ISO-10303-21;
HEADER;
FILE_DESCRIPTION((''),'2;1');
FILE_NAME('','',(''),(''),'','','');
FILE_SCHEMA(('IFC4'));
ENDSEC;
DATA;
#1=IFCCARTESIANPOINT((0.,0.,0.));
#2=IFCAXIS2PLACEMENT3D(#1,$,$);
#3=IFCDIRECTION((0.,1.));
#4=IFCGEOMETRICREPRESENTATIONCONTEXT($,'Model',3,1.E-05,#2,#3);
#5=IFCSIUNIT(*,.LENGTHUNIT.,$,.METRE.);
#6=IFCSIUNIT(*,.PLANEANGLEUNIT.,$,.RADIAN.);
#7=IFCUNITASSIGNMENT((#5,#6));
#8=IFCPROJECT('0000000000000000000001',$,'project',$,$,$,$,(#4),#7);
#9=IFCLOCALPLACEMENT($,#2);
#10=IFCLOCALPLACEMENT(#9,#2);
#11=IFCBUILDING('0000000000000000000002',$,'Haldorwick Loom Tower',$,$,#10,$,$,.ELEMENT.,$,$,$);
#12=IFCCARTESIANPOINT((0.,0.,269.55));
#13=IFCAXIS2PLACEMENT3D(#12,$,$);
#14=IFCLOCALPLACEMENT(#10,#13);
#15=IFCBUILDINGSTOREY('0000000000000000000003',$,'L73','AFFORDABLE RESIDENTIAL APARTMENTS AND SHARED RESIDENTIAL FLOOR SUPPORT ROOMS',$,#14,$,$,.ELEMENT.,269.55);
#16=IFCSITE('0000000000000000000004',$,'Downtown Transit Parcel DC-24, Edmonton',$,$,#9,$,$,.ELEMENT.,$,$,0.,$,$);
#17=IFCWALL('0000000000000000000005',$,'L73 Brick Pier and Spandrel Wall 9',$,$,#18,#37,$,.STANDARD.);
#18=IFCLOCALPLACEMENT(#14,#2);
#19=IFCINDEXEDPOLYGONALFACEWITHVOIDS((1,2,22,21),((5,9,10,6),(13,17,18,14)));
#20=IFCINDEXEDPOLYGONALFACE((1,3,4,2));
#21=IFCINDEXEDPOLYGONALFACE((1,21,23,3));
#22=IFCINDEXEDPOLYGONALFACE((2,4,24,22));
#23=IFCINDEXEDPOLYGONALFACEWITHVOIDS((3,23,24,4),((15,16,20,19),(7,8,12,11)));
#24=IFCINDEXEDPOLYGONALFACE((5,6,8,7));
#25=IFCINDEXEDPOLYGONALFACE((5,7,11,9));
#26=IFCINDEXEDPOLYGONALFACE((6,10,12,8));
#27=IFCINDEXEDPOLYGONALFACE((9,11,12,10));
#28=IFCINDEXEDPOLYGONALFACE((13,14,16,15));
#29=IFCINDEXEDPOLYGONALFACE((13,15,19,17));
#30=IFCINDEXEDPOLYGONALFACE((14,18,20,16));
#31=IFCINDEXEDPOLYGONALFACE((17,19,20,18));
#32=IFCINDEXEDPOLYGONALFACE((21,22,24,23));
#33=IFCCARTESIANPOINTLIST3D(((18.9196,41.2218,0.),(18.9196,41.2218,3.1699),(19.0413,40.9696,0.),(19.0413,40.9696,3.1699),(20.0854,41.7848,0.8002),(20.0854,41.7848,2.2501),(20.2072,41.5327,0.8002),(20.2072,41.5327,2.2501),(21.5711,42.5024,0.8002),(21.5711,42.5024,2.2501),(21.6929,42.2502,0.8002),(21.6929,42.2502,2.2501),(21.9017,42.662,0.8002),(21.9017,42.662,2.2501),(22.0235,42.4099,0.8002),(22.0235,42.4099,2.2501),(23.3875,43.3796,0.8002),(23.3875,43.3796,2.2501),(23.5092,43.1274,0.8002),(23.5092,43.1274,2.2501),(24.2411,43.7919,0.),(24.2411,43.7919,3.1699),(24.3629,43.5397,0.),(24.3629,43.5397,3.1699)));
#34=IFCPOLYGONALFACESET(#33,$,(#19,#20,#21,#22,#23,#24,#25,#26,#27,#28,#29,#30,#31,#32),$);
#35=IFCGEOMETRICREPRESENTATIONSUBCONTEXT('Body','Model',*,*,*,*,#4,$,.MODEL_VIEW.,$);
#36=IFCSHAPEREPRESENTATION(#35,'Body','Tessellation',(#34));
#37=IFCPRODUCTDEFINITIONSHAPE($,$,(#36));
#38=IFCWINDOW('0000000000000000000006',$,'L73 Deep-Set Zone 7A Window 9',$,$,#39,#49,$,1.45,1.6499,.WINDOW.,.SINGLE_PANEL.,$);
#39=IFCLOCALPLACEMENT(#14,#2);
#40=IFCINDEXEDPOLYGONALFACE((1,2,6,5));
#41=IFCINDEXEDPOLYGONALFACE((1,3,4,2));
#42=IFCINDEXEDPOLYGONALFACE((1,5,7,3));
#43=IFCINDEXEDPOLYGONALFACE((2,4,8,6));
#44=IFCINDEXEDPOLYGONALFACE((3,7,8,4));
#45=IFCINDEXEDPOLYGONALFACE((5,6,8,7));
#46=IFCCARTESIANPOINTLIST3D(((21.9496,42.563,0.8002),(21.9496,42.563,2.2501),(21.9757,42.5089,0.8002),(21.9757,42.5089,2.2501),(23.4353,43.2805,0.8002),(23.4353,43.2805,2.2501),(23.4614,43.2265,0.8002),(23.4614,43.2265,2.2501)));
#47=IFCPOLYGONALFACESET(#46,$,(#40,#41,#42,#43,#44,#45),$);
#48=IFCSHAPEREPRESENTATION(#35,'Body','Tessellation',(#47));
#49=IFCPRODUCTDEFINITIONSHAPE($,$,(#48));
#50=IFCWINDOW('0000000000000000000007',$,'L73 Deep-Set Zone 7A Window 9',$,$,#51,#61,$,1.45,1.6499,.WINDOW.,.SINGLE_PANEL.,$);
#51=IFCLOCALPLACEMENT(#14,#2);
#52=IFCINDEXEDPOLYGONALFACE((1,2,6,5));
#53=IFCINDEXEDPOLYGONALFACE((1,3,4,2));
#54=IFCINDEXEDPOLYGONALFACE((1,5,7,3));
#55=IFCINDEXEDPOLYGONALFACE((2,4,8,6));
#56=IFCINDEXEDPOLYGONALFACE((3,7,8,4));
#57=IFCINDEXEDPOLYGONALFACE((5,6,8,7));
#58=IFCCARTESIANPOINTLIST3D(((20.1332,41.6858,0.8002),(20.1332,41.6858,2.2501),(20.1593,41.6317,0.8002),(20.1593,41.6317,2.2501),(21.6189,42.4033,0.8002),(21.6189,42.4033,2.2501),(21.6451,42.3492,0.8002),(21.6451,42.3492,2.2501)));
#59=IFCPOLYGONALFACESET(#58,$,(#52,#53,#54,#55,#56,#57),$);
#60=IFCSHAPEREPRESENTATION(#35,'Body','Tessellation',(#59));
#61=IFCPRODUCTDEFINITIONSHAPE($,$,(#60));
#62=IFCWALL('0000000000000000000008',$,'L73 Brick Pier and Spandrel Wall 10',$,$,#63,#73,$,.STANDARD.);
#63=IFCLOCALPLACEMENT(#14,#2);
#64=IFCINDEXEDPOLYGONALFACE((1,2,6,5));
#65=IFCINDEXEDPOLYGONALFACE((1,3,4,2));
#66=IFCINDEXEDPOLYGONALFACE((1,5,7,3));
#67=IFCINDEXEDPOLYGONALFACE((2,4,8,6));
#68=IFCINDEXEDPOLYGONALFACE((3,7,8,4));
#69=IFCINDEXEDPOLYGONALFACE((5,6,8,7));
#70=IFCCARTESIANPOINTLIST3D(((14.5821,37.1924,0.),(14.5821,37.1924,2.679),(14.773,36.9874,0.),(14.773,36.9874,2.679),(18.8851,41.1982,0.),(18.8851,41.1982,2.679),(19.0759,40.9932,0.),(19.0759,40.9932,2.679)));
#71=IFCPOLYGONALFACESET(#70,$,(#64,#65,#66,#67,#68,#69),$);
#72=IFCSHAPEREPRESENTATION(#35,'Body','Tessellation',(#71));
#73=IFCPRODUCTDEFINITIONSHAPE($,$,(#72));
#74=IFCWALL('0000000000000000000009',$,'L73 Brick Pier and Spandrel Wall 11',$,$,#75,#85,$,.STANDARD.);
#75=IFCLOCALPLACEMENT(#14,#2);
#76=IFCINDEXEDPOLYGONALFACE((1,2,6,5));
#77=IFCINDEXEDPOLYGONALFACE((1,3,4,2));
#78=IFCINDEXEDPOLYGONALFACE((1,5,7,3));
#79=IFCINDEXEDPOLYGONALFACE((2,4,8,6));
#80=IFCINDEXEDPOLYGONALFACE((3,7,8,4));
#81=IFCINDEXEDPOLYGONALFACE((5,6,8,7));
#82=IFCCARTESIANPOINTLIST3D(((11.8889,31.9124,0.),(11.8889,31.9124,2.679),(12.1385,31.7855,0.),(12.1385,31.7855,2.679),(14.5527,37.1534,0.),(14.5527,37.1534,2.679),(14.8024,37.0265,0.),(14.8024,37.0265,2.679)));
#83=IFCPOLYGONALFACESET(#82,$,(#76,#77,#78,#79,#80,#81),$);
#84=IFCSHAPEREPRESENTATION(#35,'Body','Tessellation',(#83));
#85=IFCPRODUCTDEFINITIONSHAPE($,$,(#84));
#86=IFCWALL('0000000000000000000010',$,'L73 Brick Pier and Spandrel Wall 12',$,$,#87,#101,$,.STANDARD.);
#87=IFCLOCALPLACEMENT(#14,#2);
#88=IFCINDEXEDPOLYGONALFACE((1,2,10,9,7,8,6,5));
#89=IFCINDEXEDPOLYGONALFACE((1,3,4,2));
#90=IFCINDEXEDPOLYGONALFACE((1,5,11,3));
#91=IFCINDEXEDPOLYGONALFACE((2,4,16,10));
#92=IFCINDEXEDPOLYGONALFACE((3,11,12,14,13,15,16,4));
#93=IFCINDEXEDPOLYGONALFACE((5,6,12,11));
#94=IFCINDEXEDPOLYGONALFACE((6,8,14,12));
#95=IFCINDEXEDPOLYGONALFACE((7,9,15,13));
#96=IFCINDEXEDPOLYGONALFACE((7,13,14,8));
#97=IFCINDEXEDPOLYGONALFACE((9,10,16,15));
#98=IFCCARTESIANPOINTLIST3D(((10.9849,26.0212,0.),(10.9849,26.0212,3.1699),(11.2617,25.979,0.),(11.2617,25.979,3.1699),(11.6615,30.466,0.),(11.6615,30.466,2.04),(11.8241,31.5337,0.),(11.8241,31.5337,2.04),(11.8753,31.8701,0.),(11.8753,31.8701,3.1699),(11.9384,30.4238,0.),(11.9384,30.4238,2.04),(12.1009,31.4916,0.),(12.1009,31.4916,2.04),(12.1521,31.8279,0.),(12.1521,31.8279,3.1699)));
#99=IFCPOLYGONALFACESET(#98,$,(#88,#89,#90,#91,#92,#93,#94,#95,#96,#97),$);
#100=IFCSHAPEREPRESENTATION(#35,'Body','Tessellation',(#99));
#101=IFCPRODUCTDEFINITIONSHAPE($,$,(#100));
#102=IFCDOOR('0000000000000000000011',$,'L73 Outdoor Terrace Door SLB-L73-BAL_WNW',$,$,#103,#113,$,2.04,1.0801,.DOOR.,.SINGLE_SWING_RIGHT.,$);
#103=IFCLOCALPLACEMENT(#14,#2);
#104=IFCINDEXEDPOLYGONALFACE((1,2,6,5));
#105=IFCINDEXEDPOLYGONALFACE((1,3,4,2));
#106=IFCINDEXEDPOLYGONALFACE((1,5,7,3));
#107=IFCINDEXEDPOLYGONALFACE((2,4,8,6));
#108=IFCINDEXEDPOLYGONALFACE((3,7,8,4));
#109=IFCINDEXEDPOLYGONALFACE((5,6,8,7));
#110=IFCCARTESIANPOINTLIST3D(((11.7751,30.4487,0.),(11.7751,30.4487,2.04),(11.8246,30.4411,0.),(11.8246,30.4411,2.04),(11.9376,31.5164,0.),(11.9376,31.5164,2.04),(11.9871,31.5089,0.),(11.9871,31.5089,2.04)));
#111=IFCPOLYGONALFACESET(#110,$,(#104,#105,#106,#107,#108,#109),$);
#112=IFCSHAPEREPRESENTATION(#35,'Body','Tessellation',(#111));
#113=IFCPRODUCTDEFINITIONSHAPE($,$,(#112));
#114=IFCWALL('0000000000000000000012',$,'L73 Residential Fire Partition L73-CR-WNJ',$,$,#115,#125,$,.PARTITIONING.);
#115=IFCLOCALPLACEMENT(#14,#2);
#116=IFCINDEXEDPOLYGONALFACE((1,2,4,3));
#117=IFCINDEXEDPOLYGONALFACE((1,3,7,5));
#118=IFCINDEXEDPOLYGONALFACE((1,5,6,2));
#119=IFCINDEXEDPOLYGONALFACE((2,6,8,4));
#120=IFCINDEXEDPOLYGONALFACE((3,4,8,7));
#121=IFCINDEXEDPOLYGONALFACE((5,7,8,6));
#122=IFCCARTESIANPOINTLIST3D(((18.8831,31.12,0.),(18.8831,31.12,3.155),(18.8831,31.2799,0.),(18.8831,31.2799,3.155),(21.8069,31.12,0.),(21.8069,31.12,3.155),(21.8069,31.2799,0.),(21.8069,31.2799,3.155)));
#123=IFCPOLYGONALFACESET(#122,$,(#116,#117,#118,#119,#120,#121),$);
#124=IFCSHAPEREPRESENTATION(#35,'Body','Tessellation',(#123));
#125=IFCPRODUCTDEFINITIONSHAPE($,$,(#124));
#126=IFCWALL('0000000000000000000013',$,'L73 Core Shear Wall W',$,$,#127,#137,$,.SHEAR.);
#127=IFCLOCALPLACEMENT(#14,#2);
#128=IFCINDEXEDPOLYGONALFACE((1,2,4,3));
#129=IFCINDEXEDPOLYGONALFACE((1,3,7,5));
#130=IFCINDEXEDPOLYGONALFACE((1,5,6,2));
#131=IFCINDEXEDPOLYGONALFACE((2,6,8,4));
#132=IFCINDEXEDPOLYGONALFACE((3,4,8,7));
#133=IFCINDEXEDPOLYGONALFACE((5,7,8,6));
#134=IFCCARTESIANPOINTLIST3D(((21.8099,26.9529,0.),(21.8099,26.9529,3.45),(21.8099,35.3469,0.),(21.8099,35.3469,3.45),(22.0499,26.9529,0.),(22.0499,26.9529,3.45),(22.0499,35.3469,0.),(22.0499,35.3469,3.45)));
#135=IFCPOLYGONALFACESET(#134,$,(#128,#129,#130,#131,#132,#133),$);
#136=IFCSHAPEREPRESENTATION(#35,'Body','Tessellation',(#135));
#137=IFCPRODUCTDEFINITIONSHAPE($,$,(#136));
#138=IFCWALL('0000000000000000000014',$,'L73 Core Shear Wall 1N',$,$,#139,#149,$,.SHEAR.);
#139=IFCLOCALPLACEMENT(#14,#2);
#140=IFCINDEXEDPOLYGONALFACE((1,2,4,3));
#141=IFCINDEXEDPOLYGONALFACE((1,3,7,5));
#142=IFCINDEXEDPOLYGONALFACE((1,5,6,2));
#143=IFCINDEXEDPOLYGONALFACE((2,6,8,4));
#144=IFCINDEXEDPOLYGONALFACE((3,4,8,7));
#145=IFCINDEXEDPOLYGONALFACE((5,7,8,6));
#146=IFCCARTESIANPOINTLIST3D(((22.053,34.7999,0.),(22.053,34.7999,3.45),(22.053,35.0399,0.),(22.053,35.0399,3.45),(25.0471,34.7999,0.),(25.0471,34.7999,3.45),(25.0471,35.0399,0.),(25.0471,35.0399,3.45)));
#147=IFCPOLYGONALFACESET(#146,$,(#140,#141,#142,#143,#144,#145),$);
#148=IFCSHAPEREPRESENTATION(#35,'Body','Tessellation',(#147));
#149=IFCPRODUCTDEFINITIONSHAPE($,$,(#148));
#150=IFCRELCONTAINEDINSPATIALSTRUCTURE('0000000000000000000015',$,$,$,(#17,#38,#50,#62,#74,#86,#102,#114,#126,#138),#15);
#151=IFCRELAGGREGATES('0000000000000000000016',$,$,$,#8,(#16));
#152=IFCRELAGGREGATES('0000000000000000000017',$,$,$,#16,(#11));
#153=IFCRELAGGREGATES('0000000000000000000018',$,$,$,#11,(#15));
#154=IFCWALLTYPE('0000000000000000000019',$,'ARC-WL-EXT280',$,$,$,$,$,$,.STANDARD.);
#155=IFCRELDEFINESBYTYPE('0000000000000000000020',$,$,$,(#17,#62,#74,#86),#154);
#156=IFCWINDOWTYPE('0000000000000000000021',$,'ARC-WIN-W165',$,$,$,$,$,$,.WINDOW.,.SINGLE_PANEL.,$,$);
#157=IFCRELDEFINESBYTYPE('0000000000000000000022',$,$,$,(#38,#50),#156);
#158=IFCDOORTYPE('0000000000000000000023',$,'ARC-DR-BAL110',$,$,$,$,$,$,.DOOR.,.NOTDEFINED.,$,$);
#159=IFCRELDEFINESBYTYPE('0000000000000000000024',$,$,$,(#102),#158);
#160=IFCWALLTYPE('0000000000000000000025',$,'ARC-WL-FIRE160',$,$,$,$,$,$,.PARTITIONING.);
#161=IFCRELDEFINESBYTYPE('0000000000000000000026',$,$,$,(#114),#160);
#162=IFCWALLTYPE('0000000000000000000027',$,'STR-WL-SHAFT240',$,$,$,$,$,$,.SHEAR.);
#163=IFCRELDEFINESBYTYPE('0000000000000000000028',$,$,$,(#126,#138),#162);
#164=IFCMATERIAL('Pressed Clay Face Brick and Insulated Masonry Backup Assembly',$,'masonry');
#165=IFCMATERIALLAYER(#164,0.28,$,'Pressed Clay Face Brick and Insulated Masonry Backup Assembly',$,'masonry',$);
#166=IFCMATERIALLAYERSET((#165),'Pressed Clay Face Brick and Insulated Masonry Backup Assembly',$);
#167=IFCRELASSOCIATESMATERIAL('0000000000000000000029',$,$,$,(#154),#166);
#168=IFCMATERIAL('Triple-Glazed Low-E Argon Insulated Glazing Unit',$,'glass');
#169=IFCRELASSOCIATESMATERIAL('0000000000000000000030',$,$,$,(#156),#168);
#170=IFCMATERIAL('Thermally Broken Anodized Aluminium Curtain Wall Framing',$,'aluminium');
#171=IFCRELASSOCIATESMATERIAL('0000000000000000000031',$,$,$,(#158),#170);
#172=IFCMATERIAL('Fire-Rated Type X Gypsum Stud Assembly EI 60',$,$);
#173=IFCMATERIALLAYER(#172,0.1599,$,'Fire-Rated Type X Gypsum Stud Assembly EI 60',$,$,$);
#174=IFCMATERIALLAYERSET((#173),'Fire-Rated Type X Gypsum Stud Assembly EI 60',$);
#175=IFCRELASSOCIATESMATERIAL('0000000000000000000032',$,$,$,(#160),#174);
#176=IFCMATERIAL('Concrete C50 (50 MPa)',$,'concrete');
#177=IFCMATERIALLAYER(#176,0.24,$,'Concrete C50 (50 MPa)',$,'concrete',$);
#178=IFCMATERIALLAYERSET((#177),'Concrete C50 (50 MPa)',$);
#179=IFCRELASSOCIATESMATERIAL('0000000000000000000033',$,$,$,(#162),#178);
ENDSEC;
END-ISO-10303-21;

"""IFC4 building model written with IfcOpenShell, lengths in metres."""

from ifc_helpers import new_model, si_unit, direction, frame, frame_2d, origin, place, context, subcontext, project, spatial, rectangle, extrude, material, layer, layer_set, type_object, element, fill, save


model = new_model("IFC4")

# Units and contexts
model_context = context("Model", 3, precision=1e-05, world=origin(), true_north=direction((0.0, 1.0)))
body_context = subcontext(model_context, "Body", "Model", "MODEL_VIEW")
ifc_project = project(units=[si_unit("LENGTHUNIT", "METRE"), si_unit("PLANEANGLEUNIT", "RADIAN")], contexts=[model_context])

# Site, building, storey
site_placement = place(None, origin())
site = spatial("IfcSite", under=ifc_project, at=site_placement, Name="Downtown Transit Parcel DC-24, Edmonton", CompositionType="ELEMENT", RefElevation=0.0)
building_placement = place(site_placement, origin())
building = spatial("IfcBuilding", under=site, at=building_placement, Name="Haldorwick Loom Tower", CompositionType="ELEMENT")
storey_placement = place(building_placement, frame((0.0, 0.0, 269.55)))
storey = spatial("IfcBuildingStorey", under=building, at=storey_placement, Name="L73", Description="AFFORDABLE RESIDENTIAL APARTMENTS AND SHARED RESIDENTIAL FLOOR SUPPORT ROOMS", CompositionType="ELEMENT", Elevation=269.55)

# Shared definitions
ifc_material_1 = material(Name="Concrete C50 (50 MPa)", Category="concrete")

# Wall, openings, windows
ifc_material_2 = material(Name="Pressed Clay Face Brick and Insulated Masonry Backup Assembly", Category="masonry")
ifc_layer_1 = layer(ifc_material_2, 0.28, Name="Pressed Clay Face Brick and Insulated Masonry Backup Assembly", Category="masonry")
ifc_layer_set_1 = layer_set([ifc_layer_1], Name="Pressed Clay Face Brick and Insulated Masonry Backup Assembly")
wall_type_1 = type_object("IfcWallType", Name="ARC-WL-EXT280", PredefinedType="STANDARD", material=ifc_layer_set_1)
wall_1_placement = place(storey_placement, frame((24.302, 43.6658, 0.0), z_axis=(0.0, 0.0, 1.0), x_axis=(-0.900482, -0.434893, 0.0)))
wall_1 = element("IfcWall", 1, at=wall_1_placement, inside=storey, type_object=wall_type_1, Name="L73 Brick Pier and Spandrel Wall 9", PredefinedType="STANDARD", context=body_context, shape_type="SweptSolid", body=[
    extrude(rectangle(XDim=5.9097, YDim=0.28, at=frame_2d((2.9548, 0.0))), origin(), (0.0, 0.0, 1.0), 3.1699),
])
opening_1_placement = place(wall_1_placement, frame((0.948, 0.0, 0.8)))
opening_1 = element("IfcOpeningElement", 2, at=opening_1_placement, cuts=wall_1, PredefinedType="OPENING", context=body_context, shape_type="SweptSolid", body=[
    extrude(rectangle(XDim=1.6499, YDim=1.45, at=frame_2d((0.825, 0.7251))), frame((0.0, 0.1499, 0.0), z_axis=(0.0, -1.0, 0.0), x_axis=(1.0, 0.0, 0.0)), (0.0, 0.0, 1.0), 0.3),
])
opening_2_placement = place(wall_1_placement, frame((2.9651, 0.0, 0.8)))
opening_2 = element("IfcOpeningElement", 3, at=opening_2_placement, cuts=wall_1, PredefinedType="OPENING", context=body_context, shape_type="SweptSolid", body=[
    extrude(rectangle(XDim=1.6499, YDim=1.45, at=frame_2d((0.825, 0.7251))), frame((0.0, 0.1499, 0.0), z_axis=(0.0, -1.0, 0.0), x_axis=(1.0, 0.0, 0.0)), (0.0, 0.0, 1.0), 0.3),
])
ifc_material_3 = material(Name="Triple-Glazed Low-E Argon Insulated Glazing Unit", Category="glass")
window_type = type_object("IfcWindowType", Name="ARC-WIN-W165", PartitioningType="SINGLE_PANEL", PredefinedType="WINDOW", material=ifc_material_3)
window_1_placement = place(opening_1_placement, origin())
window_1 = element("IfcWindow", 4, at=window_1_placement, inside=storey, type_object=window_type, Name="L73 Deep-Set Zone 7A Window 9", OverallHeight=1.45, OverallWidth=1.6499, PartitioningType="SINGLE_PANEL", PredefinedType="WINDOW", context=body_context, shape_type="SweptSolid", body=[
    extrude(rectangle(XDim=1.6499, YDim=1.45, at=frame_2d((0.825, 0.7251))), frame((0.0, 0.03, 0.0), z_axis=(0.0, -1.0, 0.0), x_axis=(1.0, 0.0, 0.0)), (0.0, 0.0, 1.0), 0.0601),
])
fill(opening_1, window_1)
window_2_placement = place(opening_2_placement, origin())
window_2 = element("IfcWindow", 5, at=window_2_placement, inside=storey, type_object=window_type, Name="L73 Deep-Set Zone 7A Window 9", OverallHeight=1.45, OverallWidth=1.6499, PartitioningType="SINGLE_PANEL", PredefinedType="WINDOW", context=body_context, shape_type="SweptSolid", body=[
    extrude(rectangle(XDim=1.6499, YDim=1.45, at=frame_2d((0.825, 0.7251))), frame((0.0, 0.03, 0.0), z_axis=(0.0, -1.0, 0.0), x_axis=(1.0, 0.0, 0.0)), (0.0, 0.0, 1.0), 0.0601),
])
fill(opening_2, window_2)

# Walls
wall_2_placement = place(storey_placement, frame((18.9805, 41.0957, 0.0), z_axis=(0.0, 0.0, 1.0), x_axis=(-0.731925, -0.681386, 0.0)))
element("IfcWall", 6, at=wall_2_placement, inside=storey, type_object=wall_type_1, Name="L73 Brick Pier and Spandrel Wall 10", PredefinedType="STANDARD", context=body_context, shape_type="SweptSolid", body=[
    extrude(rectangle(XDim=5.8789, YDim=0.28, at=frame_2d((2.9395, 0.0))), origin(), (0.0, 0.0, 1.0), 2.679),
])
wall_3_placement = place(storey_placement, frame((14.6775, 37.0898, 0.0), z_axis=(0.0, 0.0, 1.0), x_axis=(-0.453101, -0.891459, 0.0)))
element("IfcWall", 7, at=wall_3_placement, inside=storey, type_object=wall_type_1, Name="L73 Brick Pier and Spandrel Wall 11", PredefinedType="STANDARD", context=body_context, shape_type="SweptSolid", body=[
    extrude(rectangle(XDim=5.8792, YDim=0.28, at=frame_2d((2.9395, 0.0))), origin(), (0.0, 0.0, 1.0), 2.679),
])

# Wall, opening, door
wall_4_placement = place(storey_placement, frame((12.0137, 31.8489, 0.0), z_axis=(0.0, 0.0, 1.0), x_axis=(-0.150497, -0.98861, 0.0)))
wall_4 = element("IfcWall", 8, at=wall_4_placement, inside=storey, type_object=wall_type_1, Name="L73 Brick Pier and Spandrel Wall 12", PredefinedType="STANDARD", context=body_context, shape_type="SweptSolid", body=[
    extrude(rectangle(XDim=5.9163, YDim=0.28, at=frame_2d((2.958, 0.0))), origin(), (0.0, 0.0, 1.0), 3.1699),
])
opening_3_placement = place(wall_4_placement, frame((0.3401, 0.0, 0.0)))
opening_3 = element("IfcOpeningElement", 9, at=opening_3_placement, cuts=wall_4, PredefinedType="OPENING", context=body_context, shape_type="SweptSolid", body=[
    extrude(rectangle(XDim=1.0801, YDim=2.04, at=frame_2d((0.54, 1.02))), frame((0.0, 0.1499, 0.0), z_axis=(0.0, -1.0, 0.0), x_axis=(1.0, 0.0, 0.0)), (0.0, 0.0, 1.0), 0.3),
])
ifc_material_4 = material(Name="Thermally Broken Anodized Aluminium Curtain Wall Framing", Category="aluminium")
door_type = type_object("IfcDoorType", Name="ARC-DR-BAL110", OperationType="NOTDEFINED", PredefinedType="DOOR", material=ifc_material_4)
door_placement = place(opening_3_placement, origin())
door = element("IfcDoor", 10, at=door_placement, inside=storey, type_object=door_type, Name="L73 Outdoor Terrace Door SLB-L73-BAL_WNW", OperationType="SINGLE_SWING_RIGHT", OverallHeight=2.04, OverallWidth=1.0801, PredefinedType="DOOR", context=body_context, shape_type="SweptSolid", body=[
    extrude(rectangle(XDim=1.0801, YDim=2.04, at=frame_2d((0.54, 1.02))), frame((0.0, 0.0249, 0.0), z_axis=(0.0, -1.0, 0.0), x_axis=(1.0, 0.0, 0.0)), (0.0, 0.0, 1.0), 0.05),
])
fill(opening_3, door)

# Walls
ifc_material_5 = material(Name="Fire-Rated Type X Gypsum Stud Assembly EI 60")
ifc_layer_2 = layer(ifc_material_5, 0.1599, Name="Fire-Rated Type X Gypsum Stud Assembly EI 60")
ifc_layer_set_2 = layer_set([ifc_layer_2], Name="Fire-Rated Type X Gypsum Stud Assembly EI 60")
wall_type_2 = type_object("IfcWallType", Name="ARC-WL-FIRE160", PredefinedType="PARTITIONING", material=ifc_layer_set_2)
wall_5_placement = place(storey_placement, frame((18.8831, 31.2, 0.0), z_axis=(0.0, 0.0, 1.0), x_axis=(1.0, 0.0, 0.0)))
element("IfcWall", 11, at=wall_5_placement, inside=storey, type_object=wall_type_2, Name="L73 Residential Fire Partition L73-CR-WNJ", PredefinedType="PARTITIONING", context=body_context, shape_type="SweptSolid", body=[
    extrude(rectangle(XDim=2.9238, YDim=0.1599, at=frame_2d((1.4619, 0.0))), origin(), (0.0, 0.0, 1.0), 3.155),
])
ifc_layer_3 = layer(ifc_material_1, 0.24, Name="Concrete C50 (50 MPa)", Category="concrete")
ifc_layer_set_3 = layer_set([ifc_layer_3], Name="Concrete C50 (50 MPa)")
wall_type_3 = type_object("IfcWallType", Name="STR-WL-SHAFT240", PredefinedType="SHEAR", material=ifc_layer_set_3)
wall_6_placement = place(storey_placement, frame((21.9299, 35.3469, 0.0), z_axis=(0.0, 0.0, 1.0), x_axis=(0.0, -1.0, 0.0)))
element("IfcWall", 12, at=wall_6_placement, inside=storey, type_object=wall_type_3, Name="L73 Core Shear Wall W", PredefinedType="SHEAR", context=body_context, shape_type="SweptSolid", body=[
    extrude(rectangle(XDim=8.394, YDim=0.24, at=frame_2d((4.197, 0.0))), origin(), (0.0, 0.0, 1.0), 3.45),
])
wall_7_placement = place(storey_placement, frame((22.053, 34.9199, 0.0), z_axis=(0.0, 0.0, 1.0), x_axis=(1.0, 0.0, 0.0)))
element("IfcWall", 13, at=wall_7_placement, inside=storey, type_object=wall_type_3, Name="L73 Core Shear Wall 1N", PredefinedType="SHEAR", context=body_context, shape_type="SweptSolid", body=[
    extrude(rectangle(XDim=2.9941, YDim=0.24, at=frame_2d((1.4971, 0.0))), origin(), (0.0, 0.0, 1.0), 3.45),
])

save(model, "model.ifc")
